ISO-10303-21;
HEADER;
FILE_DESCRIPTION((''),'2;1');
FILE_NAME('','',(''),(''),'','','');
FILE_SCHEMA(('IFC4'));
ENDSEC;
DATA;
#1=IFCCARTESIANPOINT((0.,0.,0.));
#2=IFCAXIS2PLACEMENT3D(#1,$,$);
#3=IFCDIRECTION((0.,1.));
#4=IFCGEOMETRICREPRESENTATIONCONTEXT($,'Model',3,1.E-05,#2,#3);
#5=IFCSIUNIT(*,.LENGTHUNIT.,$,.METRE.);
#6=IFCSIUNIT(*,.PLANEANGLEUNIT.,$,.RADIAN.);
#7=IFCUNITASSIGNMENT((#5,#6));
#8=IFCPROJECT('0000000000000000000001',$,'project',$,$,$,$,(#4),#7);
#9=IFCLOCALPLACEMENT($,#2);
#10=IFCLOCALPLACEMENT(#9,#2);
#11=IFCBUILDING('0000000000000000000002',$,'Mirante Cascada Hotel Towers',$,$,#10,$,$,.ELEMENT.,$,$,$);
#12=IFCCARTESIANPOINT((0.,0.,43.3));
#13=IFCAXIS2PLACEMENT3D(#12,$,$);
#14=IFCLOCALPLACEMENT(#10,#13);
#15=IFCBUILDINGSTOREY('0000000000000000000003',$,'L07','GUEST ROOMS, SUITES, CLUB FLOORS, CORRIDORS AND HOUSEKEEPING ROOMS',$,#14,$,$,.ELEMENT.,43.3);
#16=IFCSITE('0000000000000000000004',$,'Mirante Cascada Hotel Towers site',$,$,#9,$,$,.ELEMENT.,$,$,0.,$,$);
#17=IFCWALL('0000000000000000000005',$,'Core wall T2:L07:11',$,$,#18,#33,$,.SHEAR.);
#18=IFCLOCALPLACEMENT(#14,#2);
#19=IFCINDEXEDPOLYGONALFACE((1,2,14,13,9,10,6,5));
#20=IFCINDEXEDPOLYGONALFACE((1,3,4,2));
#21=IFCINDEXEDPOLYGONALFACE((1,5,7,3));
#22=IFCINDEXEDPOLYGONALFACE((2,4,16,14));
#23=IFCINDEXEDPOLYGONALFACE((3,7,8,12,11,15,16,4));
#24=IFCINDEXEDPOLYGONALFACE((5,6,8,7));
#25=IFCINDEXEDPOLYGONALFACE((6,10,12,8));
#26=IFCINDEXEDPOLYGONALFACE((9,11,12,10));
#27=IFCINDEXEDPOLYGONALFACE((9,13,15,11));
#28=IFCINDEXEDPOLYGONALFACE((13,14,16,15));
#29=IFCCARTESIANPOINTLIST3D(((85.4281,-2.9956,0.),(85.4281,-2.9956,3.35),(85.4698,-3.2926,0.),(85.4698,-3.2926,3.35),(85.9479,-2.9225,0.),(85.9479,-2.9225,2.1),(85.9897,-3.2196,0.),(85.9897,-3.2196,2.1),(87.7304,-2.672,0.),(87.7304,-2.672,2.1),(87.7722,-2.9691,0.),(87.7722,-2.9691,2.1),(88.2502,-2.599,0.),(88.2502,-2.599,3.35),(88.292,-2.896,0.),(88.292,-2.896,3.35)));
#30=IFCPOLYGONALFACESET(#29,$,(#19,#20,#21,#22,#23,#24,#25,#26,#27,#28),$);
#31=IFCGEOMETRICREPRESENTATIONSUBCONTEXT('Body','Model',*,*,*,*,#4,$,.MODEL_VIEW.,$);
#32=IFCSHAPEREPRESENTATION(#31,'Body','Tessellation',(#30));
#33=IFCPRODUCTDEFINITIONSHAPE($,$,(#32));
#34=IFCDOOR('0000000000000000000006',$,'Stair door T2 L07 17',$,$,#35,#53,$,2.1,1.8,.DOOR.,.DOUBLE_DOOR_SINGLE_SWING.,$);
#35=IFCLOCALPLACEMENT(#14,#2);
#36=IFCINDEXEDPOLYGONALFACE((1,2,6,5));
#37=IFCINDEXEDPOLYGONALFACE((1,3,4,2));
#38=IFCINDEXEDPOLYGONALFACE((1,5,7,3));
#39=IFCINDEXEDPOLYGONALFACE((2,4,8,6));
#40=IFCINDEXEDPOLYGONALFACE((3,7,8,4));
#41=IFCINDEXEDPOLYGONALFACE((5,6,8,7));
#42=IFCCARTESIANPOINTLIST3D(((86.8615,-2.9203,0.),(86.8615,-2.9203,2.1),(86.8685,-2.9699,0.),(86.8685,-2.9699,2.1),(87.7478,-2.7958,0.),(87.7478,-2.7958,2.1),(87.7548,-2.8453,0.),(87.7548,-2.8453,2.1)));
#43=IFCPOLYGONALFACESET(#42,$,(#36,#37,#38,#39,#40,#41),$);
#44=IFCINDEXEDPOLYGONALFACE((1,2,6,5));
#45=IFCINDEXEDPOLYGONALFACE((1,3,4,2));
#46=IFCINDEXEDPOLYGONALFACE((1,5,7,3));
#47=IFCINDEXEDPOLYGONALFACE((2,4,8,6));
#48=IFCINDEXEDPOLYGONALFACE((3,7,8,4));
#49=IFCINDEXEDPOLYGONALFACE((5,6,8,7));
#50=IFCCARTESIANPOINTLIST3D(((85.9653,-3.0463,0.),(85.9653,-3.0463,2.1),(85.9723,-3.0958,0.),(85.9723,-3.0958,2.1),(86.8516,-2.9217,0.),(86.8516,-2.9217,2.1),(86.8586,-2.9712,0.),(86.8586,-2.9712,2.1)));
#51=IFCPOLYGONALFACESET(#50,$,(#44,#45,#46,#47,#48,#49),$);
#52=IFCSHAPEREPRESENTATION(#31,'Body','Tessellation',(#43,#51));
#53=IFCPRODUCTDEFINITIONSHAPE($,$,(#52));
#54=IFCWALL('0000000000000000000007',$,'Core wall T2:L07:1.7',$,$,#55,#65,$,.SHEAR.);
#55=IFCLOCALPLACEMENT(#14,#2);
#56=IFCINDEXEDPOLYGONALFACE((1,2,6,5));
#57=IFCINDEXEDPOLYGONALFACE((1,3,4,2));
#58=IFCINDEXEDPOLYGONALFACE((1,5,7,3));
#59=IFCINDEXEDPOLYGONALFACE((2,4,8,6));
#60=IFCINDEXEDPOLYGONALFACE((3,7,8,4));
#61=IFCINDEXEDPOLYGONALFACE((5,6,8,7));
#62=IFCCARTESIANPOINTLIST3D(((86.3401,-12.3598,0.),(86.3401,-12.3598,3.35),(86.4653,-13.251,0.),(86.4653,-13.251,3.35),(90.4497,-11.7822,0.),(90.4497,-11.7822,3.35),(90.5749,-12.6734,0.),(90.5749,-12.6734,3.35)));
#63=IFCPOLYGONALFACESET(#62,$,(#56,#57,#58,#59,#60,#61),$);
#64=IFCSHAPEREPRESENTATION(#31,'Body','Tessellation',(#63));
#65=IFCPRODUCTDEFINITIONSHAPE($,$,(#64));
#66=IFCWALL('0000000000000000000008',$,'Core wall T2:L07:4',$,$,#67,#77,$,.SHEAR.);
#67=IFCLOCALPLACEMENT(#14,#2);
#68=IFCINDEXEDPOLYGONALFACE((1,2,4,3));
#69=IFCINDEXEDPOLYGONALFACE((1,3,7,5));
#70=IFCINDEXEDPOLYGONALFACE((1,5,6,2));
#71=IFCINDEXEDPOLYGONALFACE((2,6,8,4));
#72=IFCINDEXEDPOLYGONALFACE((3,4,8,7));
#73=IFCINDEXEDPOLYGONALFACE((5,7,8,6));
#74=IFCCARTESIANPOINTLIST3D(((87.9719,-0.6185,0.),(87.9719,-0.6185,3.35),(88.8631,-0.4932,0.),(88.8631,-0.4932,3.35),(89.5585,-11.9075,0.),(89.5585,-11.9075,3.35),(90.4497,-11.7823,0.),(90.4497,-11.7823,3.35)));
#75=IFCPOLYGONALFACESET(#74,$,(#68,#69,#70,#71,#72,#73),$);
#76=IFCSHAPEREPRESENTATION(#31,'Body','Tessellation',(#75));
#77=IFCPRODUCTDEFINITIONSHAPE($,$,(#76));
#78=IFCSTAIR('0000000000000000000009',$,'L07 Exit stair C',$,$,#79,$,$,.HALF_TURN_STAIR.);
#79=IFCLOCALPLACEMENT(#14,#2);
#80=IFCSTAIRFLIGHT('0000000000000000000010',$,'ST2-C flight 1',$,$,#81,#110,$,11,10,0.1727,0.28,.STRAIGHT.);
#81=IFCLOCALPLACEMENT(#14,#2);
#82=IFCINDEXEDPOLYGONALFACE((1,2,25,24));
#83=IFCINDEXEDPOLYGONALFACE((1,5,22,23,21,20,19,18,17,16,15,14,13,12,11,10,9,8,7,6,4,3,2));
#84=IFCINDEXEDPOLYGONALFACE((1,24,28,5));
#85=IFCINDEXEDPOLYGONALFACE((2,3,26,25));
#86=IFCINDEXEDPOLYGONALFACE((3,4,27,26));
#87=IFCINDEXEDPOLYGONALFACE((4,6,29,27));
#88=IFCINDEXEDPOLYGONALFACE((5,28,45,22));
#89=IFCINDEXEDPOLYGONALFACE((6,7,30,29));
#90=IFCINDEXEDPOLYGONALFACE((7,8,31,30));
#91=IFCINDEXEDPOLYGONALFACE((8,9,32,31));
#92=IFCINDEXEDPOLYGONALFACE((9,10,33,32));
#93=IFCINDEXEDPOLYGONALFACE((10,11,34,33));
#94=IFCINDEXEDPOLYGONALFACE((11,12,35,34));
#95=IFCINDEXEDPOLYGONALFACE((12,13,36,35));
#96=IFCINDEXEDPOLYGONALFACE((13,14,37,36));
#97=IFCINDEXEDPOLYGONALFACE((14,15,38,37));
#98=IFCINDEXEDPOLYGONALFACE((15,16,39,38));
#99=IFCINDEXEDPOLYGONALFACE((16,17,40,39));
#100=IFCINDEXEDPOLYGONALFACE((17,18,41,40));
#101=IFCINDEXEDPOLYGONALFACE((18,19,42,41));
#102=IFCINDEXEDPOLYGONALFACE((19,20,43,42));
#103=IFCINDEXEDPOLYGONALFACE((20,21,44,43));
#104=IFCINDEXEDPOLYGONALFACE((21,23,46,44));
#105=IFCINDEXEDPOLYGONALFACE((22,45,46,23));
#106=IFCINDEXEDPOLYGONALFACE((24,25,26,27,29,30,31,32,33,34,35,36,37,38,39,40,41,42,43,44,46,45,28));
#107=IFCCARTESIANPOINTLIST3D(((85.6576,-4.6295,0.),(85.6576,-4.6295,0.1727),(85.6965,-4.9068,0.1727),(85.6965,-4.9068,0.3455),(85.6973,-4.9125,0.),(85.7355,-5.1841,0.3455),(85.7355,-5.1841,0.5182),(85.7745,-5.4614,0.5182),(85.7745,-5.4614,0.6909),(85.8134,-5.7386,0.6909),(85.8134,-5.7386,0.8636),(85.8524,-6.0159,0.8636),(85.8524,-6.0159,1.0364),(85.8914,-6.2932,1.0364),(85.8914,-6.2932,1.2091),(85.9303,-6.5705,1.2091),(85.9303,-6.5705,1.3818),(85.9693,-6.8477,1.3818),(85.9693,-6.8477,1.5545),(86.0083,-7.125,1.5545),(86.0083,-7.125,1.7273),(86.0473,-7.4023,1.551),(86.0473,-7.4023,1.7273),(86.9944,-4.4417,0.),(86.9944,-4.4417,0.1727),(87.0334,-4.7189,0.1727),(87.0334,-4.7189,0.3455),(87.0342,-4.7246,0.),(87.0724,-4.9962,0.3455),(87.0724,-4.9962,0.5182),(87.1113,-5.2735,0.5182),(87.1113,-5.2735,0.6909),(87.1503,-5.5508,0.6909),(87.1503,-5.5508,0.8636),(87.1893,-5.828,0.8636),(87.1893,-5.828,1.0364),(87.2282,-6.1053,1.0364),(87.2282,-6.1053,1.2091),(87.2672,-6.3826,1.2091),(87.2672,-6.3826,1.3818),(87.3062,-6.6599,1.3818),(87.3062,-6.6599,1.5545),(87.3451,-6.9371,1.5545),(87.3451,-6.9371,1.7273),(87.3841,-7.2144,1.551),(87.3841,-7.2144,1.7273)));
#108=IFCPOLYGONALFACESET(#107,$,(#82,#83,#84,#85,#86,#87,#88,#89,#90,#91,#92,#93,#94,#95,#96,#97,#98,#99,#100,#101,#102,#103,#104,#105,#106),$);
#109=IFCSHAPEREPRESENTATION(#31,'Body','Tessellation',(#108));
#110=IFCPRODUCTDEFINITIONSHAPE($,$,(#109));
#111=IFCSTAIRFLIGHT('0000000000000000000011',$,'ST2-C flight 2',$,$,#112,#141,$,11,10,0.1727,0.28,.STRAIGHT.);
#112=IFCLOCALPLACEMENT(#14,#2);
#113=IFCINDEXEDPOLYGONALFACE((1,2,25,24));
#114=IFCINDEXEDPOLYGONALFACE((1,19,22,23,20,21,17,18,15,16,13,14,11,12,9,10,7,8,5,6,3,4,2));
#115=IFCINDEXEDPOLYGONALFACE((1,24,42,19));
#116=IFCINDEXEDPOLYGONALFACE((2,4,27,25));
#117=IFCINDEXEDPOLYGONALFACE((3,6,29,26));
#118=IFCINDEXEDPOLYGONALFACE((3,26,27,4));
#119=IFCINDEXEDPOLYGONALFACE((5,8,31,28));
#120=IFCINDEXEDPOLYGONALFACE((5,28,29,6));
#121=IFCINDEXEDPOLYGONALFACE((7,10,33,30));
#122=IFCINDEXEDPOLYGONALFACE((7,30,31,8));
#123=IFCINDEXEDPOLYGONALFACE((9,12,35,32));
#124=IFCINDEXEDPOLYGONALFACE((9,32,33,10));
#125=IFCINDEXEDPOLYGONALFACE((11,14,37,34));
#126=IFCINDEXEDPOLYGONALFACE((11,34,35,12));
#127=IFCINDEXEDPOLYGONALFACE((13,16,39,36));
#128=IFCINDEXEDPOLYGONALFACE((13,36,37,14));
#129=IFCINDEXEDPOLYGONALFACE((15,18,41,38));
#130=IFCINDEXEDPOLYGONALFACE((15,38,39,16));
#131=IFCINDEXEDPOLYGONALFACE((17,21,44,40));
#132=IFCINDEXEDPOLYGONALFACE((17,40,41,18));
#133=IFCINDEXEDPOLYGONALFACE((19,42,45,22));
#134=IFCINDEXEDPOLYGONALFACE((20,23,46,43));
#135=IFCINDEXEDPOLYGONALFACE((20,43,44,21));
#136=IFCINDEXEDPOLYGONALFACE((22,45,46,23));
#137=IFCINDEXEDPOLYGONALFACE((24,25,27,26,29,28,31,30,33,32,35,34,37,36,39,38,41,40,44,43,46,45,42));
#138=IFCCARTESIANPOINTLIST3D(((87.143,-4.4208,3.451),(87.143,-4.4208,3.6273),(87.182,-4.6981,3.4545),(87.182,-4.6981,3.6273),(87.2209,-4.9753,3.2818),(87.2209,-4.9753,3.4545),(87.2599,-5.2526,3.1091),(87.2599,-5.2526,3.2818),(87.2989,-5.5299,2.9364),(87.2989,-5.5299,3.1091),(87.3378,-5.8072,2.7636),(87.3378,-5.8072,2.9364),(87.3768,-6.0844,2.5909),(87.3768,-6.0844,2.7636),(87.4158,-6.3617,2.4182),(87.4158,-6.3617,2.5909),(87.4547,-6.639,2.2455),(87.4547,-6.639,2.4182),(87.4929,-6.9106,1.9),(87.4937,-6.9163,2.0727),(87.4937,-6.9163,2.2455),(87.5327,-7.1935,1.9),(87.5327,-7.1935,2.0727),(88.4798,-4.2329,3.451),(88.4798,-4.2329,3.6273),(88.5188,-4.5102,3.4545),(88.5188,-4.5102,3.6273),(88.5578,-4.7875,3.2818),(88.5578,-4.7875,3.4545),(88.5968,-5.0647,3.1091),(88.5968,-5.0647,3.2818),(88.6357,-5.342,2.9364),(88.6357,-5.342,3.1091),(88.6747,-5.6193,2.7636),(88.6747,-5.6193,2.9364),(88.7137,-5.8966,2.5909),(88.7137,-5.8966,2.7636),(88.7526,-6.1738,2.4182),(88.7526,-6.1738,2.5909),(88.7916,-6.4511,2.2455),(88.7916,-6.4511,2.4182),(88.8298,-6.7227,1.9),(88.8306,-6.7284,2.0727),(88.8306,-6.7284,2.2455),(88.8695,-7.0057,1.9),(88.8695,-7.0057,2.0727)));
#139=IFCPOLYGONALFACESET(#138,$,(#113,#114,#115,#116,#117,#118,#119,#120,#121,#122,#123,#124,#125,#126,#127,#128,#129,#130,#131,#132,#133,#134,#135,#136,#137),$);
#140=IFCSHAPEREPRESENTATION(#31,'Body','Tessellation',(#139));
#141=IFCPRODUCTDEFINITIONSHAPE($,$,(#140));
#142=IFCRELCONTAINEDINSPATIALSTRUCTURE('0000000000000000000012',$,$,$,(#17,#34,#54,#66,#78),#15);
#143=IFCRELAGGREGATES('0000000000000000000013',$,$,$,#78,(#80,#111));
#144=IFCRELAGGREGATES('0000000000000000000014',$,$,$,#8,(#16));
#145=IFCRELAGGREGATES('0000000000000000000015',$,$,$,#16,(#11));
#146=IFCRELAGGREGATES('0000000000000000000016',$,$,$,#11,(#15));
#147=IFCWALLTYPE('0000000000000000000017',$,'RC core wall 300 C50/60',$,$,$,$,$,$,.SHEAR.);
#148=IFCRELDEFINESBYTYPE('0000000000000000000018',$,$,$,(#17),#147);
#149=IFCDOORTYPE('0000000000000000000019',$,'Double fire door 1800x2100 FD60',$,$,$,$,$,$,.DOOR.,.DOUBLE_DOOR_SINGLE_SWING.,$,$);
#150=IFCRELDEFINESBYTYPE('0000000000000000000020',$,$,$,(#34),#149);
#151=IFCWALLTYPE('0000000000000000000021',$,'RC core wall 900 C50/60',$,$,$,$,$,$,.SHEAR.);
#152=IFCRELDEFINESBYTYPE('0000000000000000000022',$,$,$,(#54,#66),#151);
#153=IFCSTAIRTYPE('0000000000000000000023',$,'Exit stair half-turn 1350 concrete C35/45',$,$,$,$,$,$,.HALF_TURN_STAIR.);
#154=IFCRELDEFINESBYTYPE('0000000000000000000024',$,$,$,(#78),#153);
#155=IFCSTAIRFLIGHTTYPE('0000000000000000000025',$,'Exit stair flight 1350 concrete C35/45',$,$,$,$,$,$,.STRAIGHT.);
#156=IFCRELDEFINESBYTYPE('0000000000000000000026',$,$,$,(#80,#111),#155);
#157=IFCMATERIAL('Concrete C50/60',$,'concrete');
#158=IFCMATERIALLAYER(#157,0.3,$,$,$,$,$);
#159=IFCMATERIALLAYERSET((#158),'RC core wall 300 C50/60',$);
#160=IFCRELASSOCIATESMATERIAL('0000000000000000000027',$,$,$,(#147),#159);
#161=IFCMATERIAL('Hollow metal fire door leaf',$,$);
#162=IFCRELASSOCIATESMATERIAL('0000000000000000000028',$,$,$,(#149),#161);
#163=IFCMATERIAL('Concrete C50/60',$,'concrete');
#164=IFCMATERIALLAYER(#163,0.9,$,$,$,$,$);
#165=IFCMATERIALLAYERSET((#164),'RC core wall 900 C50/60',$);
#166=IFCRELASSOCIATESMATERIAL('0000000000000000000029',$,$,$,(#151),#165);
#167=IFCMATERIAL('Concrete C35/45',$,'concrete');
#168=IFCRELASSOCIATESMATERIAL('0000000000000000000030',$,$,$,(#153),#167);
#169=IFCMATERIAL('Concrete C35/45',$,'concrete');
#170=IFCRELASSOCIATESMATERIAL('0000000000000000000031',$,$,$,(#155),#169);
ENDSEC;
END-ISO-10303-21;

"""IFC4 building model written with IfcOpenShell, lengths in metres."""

from ifc_helpers import new_model, si_unit, direction, frame, frame_2d, origin, place, context, subcontext, project, spatial, polyline, rectangle, outline, extrude, material, layer, layer_set, type_object, element, fill, aggregate, save


model = new_model("IFC4")

# Units and contexts
model_context = context("Model", 3, precision=1e-05, world=origin(), true_north=direction((0.0, 1.0)))
body_context = subcontext(model_context, "Body", "Model", "MODEL_VIEW")
ifc_project = project(units=[si_unit("LENGTHUNIT", "METRE"), si_unit("PLANEANGLEUNIT", "RADIAN")], contexts=[model_context])

# Site, building, storey
site_placement = place(None, origin())
site = spatial("IfcSite", under=ifc_project, at=site_placement, Name="Mirante Cascada Hotel Towers site", CompositionType="ELEMENT", RefElevation=0.0)
building_placement = place(site_placement, origin())
building = spatial("IfcBuilding", under=site, at=building_placement, Name="Mirante Cascada Hotel Towers", CompositionType="ELEMENT")
storey_placement = place(building_placement, frame((0.0, 0.0, 43.3)))
storey = spatial("IfcBuildingStorey", under=building, at=storey_placement, Name="L07", Description="GUEST ROOMS, SUITES, CLUB FLOORS, CORRIDORS AND HOUSEKEEPING ROOMS", CompositionType="ELEMENT", Elevation=43.3)

# Shared definitions
ifc_material_1 = material(Name="Concrete C50/60", Category="concrete")
ifc_layer_1 = layer(ifc_material_1, 0.3)
ifc_layer_set_1 = layer_set([ifc_layer_1], Name="RC core wall 300 C50/60")
wall_type_1 = type_object("IfcWallType", Name="RC core wall 300 C50/60", PredefinedType="SHEAR", material=ifc_layer_set_1)

# Wall, opening, door
wall_1_placement = place(storey_placement, frame((85.4489, -3.1441, 0.0), z_axis=(0.0, 0.0, 1.0), x_axis=(0.99027, 0.139161, 0.0)))
wall_1 = element("IfcWall", 1, at=wall_1_placement, inside=storey, type_object=wall_type_1, Name="Core wall T2:L07:11", PredefinedType="SHEAR", context=body_context, shape_type="SweptSolid", body=[
    extrude(rectangle(XDim=2.8499, YDim=0.3, at=frame_2d((1.425, 0.0))), origin(), (0.0, 0.0, 1.0), 3.35),
])
opening_1_placement = place(wall_1_placement, frame((0.525, 0.0, 0.0)))
opening_1 = element("IfcOpeningElement", 2, at=opening_1_placement, cuts=wall_1, PredefinedType="OPENING", context=body_context, shape_type="SweptSolid", body=[
    extrude(rectangle(XDim=1.8, YDim=2.1, at=frame_2d((0.9, 1.05))), frame((0.0, 0.15, 0.0), z_axis=(0.0, -1.0, 0.0), x_axis=(1.0, 0.0, 0.0)), (0.0, 0.0, 1.0), 0.3),
])
ifc_material_2 = material(Name="Hollow metal fire door leaf")
door_type_1 = type_object("IfcDoorType", Name="Double fire door 1800x2100 FD60", OperationType="DOUBLE_DOOR_SINGLE_SWING", PredefinedType="DOOR", material=ifc_material_2)
door_1_placement = place(opening_1_placement, frame((1.8, 0.0, 0.0), z_axis=(0.0, 0.0, 1.0), x_axis=(-1.0, 0.0, 0.0)))
door_1 = element("IfcDoor", 3, at=door_1_placement, inside=storey, type_object=door_type_1, Name="Stair door T2 L07 17", OperationType="DOUBLE_DOOR_SINGLE_SWING", OverallHeight=2.1, OverallWidth=1.8, PredefinedType="DOOR", context=body_context, shape_type="SweptSolid", body=[
    extrude(rectangle(XDim=0.895, YDim=2.1, at=frame_2d((0.4475, 1.05))), frame((0.0, 0.025, 0.0), z_axis=(0.0, -1.0, 0.0), x_axis=(1.0, 0.0, 0.0)), (0.0, 0.0, 1.0), 0.05),
    extrude(rectangle(XDim=0.895, YDim=2.1, at=frame_2d((1.3525, 1.05))), frame((0.0, 0.025, 0.0), z_axis=(0.0, -1.0, 0.0), x_axis=(1.0, 0.0, 0.0)), (0.0, 0.0, 1.0), 0.05),
])
fill(opening_1, door_1)

# Walls
ifc_material_3 = material(Name="Concrete C50/60", Category="concrete")
ifc_layer_2 = layer(ifc_material_3, 0.9)
ifc_layer_set_2 = layer_set([ifc_layer_2], Name="RC core wall 900 C50/60")
wall_type_2 = type_object("IfcWallType", Name="RC core wall 900 C50/60", PredefinedType="SHEAR", material=ifc_layer_set_2)
wall_2_placement = place(storey_placement, frame((86.4027, -12.8054, 0.0), z_axis=(0.0, 0.0, 1.0), x_axis=(0.990267, 0.139181, 0.0)))
element("IfcWall", 4, at=wall_2_placement, inside=storey, type_object=wall_type_2, Name="Core wall T2:L07:1.7", PredefinedType="SHEAR", context=body_context, shape_type="SweptSolid", body=[
    extrude(rectangle(XDim=4.15, YDim=0.9, at=frame_2d((2.075, 0.0))), origin(), (0.0, 0.0, 1.0), 3.35),
])
wall_3_placement = place(storey_placement, frame((90.0041, -11.8449, 0.0), z_axis=(0.0, 0.0, 1.0), x_axis=(-0.139175, 0.990268, 0.0)))
element("IfcWall", 5, at=wall_3_placement, inside=storey, type_object=wall_type_2, Name="Core wall T2:L07:4", PredefinedType="SHEAR", context=body_context, shape_type="SweptSolid", body=[
    extrude(rectangle(XDim=11.4, YDim=0.9, at=frame_2d((5.7, 0.0))), origin(), (0.0, 0.0, 1.0), 3.35),
])

# Stair, stair flights
ifc_material_4 = material(Name="Concrete C35/45", Category="concrete")
stair_type = type_object("IfcStairType", Name="Exit stair half-turn 1350 concrete C35/45", PredefinedType="HALF_TURN_STAIR", material=ifc_material_4)
stair_placement = place(storey_placement, origin())
stair = element("IfcStair", 6, at=stair_placement, inside=storey, type_object=stair_type, Name="L07 Exit stair C", PredefinedType="HALF_TURN_STAIR")
ifc_material_5 = material(Name="Concrete C35/45", Category="concrete")
stair_flight_type = type_object("IfcStairFlightType", Name="Exit stair flight 1350 concrete C35/45", PredefinedType="STRAIGHT", material=ifc_material_5)
stair_flight_1_placement = place(storey_placement, frame((86.326, -4.5356, 0.0), z_axis=(0.0, 0.0, 1.0), x_axis=(0.139173, -0.990268, 0.0)))
stair_flight_1 = element("IfcStairFlight", 7, at=stair_flight_1_placement, type_object=stair_flight_type, Name="ST2-C flight 1", NumberOfRisers=11, NumberOfTreads=10, PredefinedType="STRAIGHT", RiserHeight=0.1727, TreadLength=0.28, context=body_context, shape_type="SweptSolid", body=[
    extrude(outline(polyline([(0.0, 0.0), (0.0, 0.1727), (0.28, 0.1727), (0.28, 0.3455), (0.56, 0.3455), (0.56, 0.5182), (0.84, 0.5182), (0.84, 0.6909), (1.12, 0.6909), (1.12, 0.8636), (1.4, 0.8636), (1.4, 1.0364), (1.68, 1.0364), (1.68, 1.2091), (1.96, 1.2091), (1.96, 1.3818), (2.24, 1.3818), (2.24, 1.5545), (2.52, 1.5545), (2.52, 1.7273), (2.8, 1.7273), (2.8, 1.9), (2.8, 1.551), (0.2857, 0.0), (0.0, 0.0)])), frame((0.0, 0.675, 0.0), z_axis=(0.0, -1.0, 0.0), x_axis=(1.0, 0.0, 0.0)), (0.0, 0.0, 1.0), 1.35),
])
stair_flight_2_placement = place(storey_placement, frame((88.2011, -7.0996, 1.9), z_axis=(0.0, 0.0, 1.0), x_axis=(-0.139173, 0.990268, 0.0)))
stair_flight_2 = element("IfcStairFlight", 8, at=stair_flight_2_placement, type_object=stair_flight_type, Name="ST2-C flight 2", NumberOfRisers=11, NumberOfTreads=10, PredefinedType="STRAIGHT", RiserHeight=0.1727, TreadLength=0.28, context=body_context, shape_type="SweptSolid", body=[
    extrude(outline(polyline([(0.0, 0.0), (0.0, 0.1727), (0.28, 0.1727), (0.28, 0.3455), (0.56, 0.3455), (0.56, 0.5182), (0.84, 0.5182), (0.84, 0.6909), (1.12, 0.6909), (1.12, 0.8636), (1.4, 0.8636), (1.4, 1.0364), (1.68, 1.0364), (1.68, 1.2091), (1.96, 1.2091), (1.96, 1.3818), (2.24, 1.3818), (2.24, 1.5545), (2.52, 1.5545), (2.52, 1.7273), (2.8, 1.7273), (2.8, 1.9), (2.8, 1.551), (0.2857, 0.0), (0.0, 0.0)])), frame((0.0, 0.675, 0.0), z_axis=(0.0, -1.0, 0.0), x_axis=(1.0, 0.0, 0.0)), (0.0, 0.0, 1.0), 1.35),
])
aggregate(stair, [stair_flight_1, stair_flight_2])

save(model, "model.ifc")
